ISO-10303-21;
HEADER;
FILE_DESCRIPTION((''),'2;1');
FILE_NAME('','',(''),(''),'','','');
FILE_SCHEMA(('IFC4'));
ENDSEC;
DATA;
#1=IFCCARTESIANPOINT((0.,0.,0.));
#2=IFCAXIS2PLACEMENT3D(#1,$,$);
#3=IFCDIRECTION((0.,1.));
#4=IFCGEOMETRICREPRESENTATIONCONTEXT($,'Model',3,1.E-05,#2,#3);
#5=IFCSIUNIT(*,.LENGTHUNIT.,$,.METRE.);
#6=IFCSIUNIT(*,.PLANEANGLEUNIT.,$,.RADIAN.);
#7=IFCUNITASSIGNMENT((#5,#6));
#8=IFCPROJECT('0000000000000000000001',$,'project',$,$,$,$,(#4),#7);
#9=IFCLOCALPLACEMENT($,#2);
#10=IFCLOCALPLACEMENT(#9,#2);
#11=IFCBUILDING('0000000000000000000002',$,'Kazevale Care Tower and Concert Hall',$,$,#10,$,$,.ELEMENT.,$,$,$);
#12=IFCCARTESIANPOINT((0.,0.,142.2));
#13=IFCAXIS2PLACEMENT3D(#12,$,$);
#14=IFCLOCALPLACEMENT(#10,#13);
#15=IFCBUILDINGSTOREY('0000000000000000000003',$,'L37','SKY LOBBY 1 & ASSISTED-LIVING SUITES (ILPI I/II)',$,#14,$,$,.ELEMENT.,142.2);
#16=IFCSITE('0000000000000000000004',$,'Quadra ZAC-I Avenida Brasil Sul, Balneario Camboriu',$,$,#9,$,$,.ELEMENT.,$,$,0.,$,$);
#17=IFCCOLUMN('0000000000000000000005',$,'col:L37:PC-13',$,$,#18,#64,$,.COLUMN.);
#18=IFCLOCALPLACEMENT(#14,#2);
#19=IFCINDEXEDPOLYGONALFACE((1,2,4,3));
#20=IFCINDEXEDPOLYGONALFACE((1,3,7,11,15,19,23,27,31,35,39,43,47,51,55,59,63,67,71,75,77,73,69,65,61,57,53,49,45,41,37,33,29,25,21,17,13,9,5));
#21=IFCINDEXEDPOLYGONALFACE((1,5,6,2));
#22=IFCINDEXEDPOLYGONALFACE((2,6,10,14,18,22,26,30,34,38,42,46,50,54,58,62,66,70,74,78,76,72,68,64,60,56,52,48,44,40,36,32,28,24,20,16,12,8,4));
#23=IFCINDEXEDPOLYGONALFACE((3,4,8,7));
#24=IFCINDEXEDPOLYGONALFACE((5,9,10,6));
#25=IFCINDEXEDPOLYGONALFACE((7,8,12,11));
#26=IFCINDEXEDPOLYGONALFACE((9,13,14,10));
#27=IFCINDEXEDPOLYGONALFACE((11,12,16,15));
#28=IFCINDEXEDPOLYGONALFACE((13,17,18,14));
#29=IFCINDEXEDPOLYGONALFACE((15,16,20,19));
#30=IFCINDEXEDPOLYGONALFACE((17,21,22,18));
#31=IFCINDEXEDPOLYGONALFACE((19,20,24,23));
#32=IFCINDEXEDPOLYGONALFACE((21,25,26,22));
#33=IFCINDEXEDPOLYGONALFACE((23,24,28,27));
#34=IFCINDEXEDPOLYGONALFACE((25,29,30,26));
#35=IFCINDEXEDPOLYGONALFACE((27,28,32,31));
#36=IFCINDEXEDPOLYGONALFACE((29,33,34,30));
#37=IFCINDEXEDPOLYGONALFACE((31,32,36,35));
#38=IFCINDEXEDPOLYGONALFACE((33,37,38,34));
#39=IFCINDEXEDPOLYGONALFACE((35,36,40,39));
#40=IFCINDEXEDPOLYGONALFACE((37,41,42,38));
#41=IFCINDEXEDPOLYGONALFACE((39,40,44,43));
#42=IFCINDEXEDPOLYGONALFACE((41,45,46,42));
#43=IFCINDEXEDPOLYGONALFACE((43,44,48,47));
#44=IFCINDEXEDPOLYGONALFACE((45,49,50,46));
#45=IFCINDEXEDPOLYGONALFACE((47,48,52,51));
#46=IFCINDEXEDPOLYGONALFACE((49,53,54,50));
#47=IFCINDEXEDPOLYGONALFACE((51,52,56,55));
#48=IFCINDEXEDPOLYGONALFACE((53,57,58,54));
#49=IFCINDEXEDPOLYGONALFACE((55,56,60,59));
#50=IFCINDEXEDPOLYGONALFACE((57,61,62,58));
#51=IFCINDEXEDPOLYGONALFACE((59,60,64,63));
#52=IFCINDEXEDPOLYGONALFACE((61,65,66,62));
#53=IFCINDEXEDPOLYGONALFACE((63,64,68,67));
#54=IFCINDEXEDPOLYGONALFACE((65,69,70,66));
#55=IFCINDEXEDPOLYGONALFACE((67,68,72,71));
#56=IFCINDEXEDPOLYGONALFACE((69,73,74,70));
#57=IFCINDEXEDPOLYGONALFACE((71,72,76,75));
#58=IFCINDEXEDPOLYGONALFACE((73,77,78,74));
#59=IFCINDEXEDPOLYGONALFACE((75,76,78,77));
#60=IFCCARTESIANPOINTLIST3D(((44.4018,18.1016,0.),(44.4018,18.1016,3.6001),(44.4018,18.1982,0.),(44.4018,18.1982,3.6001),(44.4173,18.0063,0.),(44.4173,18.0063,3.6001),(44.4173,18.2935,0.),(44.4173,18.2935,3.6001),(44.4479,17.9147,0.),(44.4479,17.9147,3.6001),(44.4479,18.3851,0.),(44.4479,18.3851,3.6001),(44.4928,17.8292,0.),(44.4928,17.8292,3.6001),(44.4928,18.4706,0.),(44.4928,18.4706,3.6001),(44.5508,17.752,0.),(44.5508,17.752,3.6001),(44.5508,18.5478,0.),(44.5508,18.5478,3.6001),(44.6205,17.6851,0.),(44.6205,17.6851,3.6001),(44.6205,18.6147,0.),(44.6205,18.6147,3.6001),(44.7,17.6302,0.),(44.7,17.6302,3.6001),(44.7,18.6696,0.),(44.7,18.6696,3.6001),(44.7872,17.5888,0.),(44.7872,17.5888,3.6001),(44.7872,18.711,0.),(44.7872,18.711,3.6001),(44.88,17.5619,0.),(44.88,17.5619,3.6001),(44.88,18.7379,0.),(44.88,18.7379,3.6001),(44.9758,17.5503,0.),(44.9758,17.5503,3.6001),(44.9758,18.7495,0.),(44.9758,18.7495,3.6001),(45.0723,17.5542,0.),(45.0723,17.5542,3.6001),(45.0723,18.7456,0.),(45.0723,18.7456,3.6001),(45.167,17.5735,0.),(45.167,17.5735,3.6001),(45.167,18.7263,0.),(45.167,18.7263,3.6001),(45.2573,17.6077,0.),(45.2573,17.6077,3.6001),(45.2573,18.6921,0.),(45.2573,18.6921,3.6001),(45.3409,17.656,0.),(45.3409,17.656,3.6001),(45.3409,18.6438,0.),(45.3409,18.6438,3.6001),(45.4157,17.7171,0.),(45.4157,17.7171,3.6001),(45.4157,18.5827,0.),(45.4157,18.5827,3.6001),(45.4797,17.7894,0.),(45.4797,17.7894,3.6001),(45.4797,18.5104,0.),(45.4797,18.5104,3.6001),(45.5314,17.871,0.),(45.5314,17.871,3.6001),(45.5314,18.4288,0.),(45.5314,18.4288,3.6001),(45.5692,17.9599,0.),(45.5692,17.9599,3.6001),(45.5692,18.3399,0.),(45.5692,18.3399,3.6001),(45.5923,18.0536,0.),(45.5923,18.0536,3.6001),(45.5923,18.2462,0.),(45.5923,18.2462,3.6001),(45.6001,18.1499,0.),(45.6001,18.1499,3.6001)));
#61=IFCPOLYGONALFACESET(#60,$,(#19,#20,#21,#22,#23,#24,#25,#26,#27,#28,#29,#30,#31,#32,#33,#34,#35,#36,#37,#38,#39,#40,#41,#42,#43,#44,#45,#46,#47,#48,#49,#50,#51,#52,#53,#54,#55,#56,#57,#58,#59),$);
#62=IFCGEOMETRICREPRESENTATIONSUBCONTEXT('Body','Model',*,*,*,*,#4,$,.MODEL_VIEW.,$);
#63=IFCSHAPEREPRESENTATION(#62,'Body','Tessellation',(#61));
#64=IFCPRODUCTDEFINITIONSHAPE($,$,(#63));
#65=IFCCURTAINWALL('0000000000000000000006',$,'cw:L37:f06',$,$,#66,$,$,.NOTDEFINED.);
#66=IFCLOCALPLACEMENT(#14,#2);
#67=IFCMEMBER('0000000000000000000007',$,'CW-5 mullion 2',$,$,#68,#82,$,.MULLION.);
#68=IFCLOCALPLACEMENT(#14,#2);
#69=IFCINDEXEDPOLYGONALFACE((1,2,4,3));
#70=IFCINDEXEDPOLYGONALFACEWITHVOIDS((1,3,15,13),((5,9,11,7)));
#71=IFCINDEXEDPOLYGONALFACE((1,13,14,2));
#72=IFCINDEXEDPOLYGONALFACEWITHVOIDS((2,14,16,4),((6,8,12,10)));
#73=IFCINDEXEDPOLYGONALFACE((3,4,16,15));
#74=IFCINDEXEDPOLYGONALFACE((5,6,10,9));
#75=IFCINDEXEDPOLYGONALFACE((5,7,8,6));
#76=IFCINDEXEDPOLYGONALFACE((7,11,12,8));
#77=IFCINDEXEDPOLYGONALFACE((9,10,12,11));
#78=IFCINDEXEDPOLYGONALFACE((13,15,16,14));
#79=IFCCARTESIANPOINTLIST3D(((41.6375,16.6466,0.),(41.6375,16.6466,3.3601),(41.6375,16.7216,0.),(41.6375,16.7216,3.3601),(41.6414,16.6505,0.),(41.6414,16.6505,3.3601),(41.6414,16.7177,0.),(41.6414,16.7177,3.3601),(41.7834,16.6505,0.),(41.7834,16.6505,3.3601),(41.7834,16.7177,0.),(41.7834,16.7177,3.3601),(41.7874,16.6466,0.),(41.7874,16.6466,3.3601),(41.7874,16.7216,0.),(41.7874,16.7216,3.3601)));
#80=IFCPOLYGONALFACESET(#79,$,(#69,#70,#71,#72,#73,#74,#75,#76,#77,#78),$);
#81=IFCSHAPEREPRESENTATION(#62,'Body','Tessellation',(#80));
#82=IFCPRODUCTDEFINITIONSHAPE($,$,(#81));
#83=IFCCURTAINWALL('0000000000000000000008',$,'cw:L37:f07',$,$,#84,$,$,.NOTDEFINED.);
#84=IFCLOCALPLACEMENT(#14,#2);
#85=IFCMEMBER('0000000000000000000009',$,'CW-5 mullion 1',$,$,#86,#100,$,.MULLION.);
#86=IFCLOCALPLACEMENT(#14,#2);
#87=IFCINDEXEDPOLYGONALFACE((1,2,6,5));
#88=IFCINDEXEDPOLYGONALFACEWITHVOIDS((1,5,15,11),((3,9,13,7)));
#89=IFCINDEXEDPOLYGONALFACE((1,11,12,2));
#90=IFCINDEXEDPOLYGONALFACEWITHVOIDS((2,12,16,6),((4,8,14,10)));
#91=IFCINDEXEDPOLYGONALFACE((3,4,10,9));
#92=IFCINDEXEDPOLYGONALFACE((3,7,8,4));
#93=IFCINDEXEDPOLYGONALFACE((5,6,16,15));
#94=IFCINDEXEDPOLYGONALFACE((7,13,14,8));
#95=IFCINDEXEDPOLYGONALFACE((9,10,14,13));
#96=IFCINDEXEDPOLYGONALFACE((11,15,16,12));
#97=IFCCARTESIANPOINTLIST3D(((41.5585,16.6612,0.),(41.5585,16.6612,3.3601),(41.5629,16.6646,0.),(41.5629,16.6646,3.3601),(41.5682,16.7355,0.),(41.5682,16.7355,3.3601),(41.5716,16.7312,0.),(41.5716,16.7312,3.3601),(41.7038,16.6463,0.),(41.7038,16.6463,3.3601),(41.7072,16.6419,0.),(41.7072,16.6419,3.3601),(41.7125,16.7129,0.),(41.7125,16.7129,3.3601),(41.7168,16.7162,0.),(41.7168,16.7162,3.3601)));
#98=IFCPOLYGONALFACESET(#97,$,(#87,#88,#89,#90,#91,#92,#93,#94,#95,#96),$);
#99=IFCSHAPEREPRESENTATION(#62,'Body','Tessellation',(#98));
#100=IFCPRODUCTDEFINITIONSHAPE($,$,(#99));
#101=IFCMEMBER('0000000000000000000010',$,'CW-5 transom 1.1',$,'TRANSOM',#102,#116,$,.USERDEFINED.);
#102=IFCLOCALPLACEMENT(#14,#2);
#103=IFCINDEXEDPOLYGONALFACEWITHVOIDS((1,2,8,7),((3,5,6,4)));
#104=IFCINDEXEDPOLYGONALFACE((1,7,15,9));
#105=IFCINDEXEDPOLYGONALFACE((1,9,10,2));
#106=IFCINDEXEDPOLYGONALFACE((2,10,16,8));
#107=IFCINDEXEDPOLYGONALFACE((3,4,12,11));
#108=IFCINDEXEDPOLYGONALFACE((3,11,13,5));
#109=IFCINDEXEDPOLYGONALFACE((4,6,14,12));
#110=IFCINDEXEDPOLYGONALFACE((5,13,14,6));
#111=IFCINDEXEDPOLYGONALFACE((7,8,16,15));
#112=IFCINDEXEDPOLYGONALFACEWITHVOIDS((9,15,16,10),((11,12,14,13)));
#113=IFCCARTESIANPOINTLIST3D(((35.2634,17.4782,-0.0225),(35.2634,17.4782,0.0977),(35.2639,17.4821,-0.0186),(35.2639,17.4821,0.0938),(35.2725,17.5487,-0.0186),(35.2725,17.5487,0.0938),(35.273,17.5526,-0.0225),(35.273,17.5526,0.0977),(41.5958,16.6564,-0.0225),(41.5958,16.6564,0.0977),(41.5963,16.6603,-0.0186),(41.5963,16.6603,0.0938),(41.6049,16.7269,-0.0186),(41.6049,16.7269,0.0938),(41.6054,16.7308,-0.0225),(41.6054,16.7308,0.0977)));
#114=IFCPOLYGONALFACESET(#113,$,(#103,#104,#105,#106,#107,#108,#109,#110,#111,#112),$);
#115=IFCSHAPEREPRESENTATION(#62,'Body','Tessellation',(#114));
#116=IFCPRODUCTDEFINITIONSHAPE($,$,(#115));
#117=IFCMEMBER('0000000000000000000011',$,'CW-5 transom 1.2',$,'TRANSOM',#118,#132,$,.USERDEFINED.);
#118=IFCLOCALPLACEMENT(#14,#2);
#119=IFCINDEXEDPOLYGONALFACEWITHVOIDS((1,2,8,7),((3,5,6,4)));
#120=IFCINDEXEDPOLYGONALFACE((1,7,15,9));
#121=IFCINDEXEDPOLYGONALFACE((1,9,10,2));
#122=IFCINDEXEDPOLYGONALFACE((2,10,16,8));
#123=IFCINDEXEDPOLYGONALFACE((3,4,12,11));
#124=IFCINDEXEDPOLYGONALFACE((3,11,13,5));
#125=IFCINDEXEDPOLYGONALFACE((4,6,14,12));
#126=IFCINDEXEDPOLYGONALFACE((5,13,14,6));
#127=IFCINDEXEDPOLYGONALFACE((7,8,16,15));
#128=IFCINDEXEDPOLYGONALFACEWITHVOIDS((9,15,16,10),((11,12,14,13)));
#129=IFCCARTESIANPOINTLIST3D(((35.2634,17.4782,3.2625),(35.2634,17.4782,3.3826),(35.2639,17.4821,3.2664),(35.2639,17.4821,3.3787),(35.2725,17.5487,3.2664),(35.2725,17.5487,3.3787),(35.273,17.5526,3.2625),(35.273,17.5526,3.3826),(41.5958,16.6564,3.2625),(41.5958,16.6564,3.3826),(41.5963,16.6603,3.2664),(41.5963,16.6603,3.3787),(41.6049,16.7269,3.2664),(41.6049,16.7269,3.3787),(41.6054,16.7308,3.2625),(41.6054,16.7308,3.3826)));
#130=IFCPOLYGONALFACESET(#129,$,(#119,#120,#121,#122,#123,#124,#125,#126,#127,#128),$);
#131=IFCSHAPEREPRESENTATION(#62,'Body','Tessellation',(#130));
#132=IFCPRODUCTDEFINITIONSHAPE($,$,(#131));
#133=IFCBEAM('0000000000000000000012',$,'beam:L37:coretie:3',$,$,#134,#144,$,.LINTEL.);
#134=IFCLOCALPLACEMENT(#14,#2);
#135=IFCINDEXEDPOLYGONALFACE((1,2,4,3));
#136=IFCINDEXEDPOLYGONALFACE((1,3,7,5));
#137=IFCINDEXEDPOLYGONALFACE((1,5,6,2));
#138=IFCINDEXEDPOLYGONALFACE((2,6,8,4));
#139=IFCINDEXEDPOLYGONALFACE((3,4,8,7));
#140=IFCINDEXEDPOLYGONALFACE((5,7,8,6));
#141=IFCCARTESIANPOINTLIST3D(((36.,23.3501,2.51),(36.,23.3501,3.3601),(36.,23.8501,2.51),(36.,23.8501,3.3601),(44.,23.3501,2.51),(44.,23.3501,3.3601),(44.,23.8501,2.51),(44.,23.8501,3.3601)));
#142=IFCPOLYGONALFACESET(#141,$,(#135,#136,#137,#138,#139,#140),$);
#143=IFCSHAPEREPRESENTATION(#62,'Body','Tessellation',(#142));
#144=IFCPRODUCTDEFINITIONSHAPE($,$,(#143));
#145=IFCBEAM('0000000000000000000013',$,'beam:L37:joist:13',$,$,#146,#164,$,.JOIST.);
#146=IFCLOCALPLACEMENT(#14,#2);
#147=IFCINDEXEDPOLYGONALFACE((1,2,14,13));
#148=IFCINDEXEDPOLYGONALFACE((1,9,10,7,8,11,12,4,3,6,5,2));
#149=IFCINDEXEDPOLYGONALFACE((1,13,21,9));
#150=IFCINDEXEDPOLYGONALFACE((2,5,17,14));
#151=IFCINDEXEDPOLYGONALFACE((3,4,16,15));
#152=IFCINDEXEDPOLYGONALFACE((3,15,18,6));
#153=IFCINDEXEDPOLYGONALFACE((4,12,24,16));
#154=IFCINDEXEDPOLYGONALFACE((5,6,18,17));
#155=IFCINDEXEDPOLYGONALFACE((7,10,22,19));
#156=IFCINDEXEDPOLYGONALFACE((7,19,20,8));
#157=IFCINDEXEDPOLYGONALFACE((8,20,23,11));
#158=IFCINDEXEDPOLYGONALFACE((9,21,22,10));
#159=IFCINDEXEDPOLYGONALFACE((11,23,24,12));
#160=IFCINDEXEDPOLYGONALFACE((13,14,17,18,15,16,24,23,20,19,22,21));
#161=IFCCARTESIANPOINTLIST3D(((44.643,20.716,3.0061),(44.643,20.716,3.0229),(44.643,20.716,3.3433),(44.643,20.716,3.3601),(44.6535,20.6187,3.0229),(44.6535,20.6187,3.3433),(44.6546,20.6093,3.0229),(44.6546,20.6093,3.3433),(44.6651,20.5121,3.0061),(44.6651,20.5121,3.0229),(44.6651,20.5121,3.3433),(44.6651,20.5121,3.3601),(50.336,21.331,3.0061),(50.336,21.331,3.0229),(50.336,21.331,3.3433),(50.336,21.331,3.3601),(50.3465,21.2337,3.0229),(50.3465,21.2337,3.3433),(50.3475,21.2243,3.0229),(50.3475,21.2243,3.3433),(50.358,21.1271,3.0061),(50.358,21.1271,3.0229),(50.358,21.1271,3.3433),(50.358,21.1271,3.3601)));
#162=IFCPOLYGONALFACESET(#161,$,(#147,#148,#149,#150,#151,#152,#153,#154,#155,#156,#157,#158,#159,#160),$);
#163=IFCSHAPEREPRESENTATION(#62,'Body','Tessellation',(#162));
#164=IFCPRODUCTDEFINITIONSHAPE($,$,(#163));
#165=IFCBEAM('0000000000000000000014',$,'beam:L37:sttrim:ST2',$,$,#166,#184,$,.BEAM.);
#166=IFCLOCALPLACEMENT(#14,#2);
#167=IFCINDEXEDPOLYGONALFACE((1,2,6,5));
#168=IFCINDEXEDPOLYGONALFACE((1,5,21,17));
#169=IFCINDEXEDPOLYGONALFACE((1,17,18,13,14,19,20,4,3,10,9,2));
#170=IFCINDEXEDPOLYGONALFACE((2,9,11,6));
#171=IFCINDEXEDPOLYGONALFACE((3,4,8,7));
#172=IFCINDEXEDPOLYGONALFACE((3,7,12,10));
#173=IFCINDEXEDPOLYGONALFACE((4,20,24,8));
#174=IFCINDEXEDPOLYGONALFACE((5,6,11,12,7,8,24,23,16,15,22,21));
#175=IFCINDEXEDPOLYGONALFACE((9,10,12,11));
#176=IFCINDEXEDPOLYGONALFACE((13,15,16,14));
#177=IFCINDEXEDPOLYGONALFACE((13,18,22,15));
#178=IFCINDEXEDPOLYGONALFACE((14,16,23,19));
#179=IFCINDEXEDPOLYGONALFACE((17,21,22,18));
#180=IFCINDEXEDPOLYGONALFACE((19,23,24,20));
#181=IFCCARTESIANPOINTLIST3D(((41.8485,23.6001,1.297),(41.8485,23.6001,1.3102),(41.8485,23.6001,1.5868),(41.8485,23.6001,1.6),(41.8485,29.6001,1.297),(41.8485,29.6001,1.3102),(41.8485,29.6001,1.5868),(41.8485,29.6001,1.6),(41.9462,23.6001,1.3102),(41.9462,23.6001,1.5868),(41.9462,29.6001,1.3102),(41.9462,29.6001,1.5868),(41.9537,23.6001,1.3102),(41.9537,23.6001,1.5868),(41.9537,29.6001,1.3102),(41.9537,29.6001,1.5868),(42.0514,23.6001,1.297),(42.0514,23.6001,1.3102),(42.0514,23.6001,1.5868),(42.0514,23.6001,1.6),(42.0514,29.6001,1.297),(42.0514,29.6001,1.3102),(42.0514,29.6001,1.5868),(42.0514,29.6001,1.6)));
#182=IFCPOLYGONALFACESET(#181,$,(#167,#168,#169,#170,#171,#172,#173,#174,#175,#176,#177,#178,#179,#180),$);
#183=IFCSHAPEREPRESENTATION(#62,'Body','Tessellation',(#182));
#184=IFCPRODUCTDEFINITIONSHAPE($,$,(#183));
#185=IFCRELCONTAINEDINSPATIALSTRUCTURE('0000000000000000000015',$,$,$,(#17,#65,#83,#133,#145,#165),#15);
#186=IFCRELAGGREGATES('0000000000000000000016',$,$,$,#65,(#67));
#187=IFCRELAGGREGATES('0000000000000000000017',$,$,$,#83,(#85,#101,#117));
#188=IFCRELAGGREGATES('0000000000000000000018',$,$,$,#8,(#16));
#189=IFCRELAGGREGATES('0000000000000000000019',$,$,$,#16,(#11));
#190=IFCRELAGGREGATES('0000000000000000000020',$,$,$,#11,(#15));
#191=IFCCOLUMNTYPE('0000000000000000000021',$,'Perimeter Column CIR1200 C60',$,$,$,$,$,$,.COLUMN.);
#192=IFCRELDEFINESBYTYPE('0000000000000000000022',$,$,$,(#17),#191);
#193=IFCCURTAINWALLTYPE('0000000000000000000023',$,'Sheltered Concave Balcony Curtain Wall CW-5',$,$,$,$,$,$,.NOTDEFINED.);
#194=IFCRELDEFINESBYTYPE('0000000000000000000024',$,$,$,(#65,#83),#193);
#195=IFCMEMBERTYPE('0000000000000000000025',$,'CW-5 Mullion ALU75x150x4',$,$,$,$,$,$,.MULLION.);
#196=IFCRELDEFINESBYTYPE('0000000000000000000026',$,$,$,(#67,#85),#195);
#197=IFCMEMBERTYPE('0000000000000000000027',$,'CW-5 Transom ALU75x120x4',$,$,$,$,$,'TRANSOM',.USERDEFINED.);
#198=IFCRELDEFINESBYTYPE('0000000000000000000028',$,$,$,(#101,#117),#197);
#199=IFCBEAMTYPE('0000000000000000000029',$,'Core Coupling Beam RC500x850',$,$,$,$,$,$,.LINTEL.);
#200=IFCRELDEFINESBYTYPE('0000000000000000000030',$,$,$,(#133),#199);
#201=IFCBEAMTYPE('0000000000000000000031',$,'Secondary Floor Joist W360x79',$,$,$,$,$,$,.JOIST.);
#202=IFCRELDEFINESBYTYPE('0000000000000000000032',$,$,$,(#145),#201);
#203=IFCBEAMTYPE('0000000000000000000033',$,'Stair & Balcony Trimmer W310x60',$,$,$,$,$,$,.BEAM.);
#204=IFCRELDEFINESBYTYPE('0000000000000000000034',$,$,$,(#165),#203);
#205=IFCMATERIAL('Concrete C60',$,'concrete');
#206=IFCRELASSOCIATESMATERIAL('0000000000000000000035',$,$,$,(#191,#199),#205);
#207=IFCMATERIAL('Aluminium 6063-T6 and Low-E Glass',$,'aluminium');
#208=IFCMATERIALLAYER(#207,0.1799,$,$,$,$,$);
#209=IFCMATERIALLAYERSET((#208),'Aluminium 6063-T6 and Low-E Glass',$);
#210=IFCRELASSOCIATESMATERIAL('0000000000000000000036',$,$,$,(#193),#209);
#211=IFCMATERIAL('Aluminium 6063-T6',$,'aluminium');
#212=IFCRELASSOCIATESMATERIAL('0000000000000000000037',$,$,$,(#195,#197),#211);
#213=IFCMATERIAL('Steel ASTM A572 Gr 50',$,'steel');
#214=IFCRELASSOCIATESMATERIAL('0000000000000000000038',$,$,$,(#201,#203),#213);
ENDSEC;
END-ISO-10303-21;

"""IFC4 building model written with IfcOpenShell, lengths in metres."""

from ifc_helpers import new_model, si_unit, direction, frame, origin, origin_2d, place, context, subcontext, project, spatial, rectangle, hollow_rectangle, circle, i_section, extrude, material, layer, layer_set, material_profile, profile_set, type_object, element, aggregate, save


model = new_model("IFC4")

# Units and contexts
model_context = context("Model", 3, precision=1e-05, world=origin(), true_north=direction((0.0, 1.0)))
body_context = subcontext(model_context, "Body", "Model", "MODEL_VIEW")
ifc_project = project(units=[si_unit("LENGTHUNIT", "METRE"), si_unit("PLANEANGLEUNIT", "RADIAN")], contexts=[model_context])

# Site, building, storey
site_placement = place(None, origin())
site = spatial("IfcSite", under=ifc_project, at=site_placement, Name="Quadra ZAC-I Avenida Brasil Sul, Balneario Camboriu", CompositionType="ELEMENT", RefElevation=0.0)
building_placement = place(site_placement, origin())
building = spatial("IfcBuilding", under=site, at=building_placement, Name="Kazevale Care Tower and Concert Hall", CompositionType="ELEMENT")
storey_placement = place(building_placement, frame((0.0, 0.0, 142.2)))
storey = spatial("IfcBuildingStorey", under=building, at=storey_placement, Name="L37", Description="SKY LOBBY 1 & ASSISTED-LIVING SUITES (ILPI I/II)", CompositionType="ELEMENT", Elevation=142.2)

# Column
ifc_material_1 = material(Name="Concrete C60", Category="concrete")
ifc_material_profile_1 = material_profile(ifc_material_1, circle(Radius=0.6001, at=origin_2d()), Name="RC-CIR1200")
ifc_profile_set_1 = profile_set([ifc_material_profile_1], Name="Concrete C60")
column_type = type_object("IfcColumnType", Name="Perimeter Column CIR1200 C60", PredefinedType="COLUMN", material=ifc_profile_set_1)
column_placement = place(storey_placement, frame((45.0, 18.1499, 0.0), z_axis=(0.0, 0.0, 1.0), x_axis=(1.0, 0.0, 0.0)))
element("IfcColumn", 1, at=column_placement, inside=storey, type_object=column_type, Name="col:L37:PC-13", PredefinedType="COLUMN", context=body_context, shape_type="SweptSolid", body=[
    extrude(circle(Radius=0.6001, at=origin_2d()), origin(), (0.0, 0.0, 1.0), 3.6001),
])

# Curtain wall, member
ifc_material_2 = material(Name="Aluminium 6063-T6 and Low-E Glass", Category="aluminium")
ifc_layer_1 = layer(ifc_material_2, 0.1799)
ifc_layer_set_1 = layer_set([ifc_layer_1], Name="Aluminium 6063-T6 and Low-E Glass")
curtain_wall_type = type_object("IfcCurtainWallType", Name="Sheltered Concave Balcony Curtain Wall CW-5", PredefinedType="NOTDEFINED", material=ifc_layer_set_1)
curtain_wall_1_placement = place(storey_placement, origin())
curtain_wall_1 = element("IfcCurtainWall", 2, at=curtain_wall_1_placement, inside=storey, type_object=curtain_wall_type, Name="cw:L37:f06", PredefinedType="NOTDEFINED")
ifc_material_3 = material(Name="Aluminium 6063-T6", Category="aluminium")
ifc_material_profile_2 = material_profile(ifc_material_3, hollow_rectangle(XDim=0.075, YDim=0.1499, WallThickness=0.0039, at=origin_2d()), Name="ALU75x150x4")
ifc_profile_set_2 = profile_set([ifc_material_profile_2], Name="Aluminium 6063-T6")
member_type_1 = type_object("IfcMemberType", Name="CW-5 Mullion ALU75x150x4", PredefinedType="MULLION", material=ifc_profile_set_2)
member_1_placement = place(storey_placement, frame((41.7124, 16.6841, 0.0), z_axis=(0.0, 0.0, 1.0), x_axis=(0.0, -1.0, 0.0)))
member_1 = element("IfcMember", 3, at=member_1_placement, type_object=member_type_1, Name="CW-5 mullion 2", PredefinedType="MULLION", context=body_context, shape_type="SweptSolid", body=[
    extrude(hollow_rectangle(XDim=0.075, YDim=0.1499, WallThickness=0.0039, at=origin_2d()), origin(), (0.0, 0.0, 1.0), 3.3601),
])

# Curtain wall, members
curtain_wall_2_placement = place(storey_placement, origin())
curtain_wall_2 = element("IfcCurtainWall", 4, at=curtain_wall_2_placement, inside=storey, type_object=curtain_wall_type, Name="cw:L37:f07", PredefinedType="NOTDEFINED")
member_2_placement = place(storey_placement, frame((41.6377, 16.6887, 0.0), z_axis=(0.0, 0.0, 1.0), x_axis=(-0.128685, -0.991686, 0.0)))
member_2 = element("IfcMember", 5, at=member_2_placement, type_object=member_type_1, Name="CW-5 mullion 1", PredefinedType="MULLION", context=body_context, shape_type="SweptSolid", body=[
    extrude(hollow_rectangle(XDim=0.075, YDim=0.1499, WallThickness=0.0039, at=origin_2d()), origin(), (0.0, 0.0, 1.0), 3.3601),
])
ifc_material_profile_3 = material_profile(ifc_material_3, hollow_rectangle(XDim=0.075, YDim=0.1201, WallThickness=0.0039, at=origin_2d()), Name="ALU75x120x4")
ifc_profile_set_3 = profile_set([ifc_material_profile_3], Name="Aluminium 6063-T6")
member_type_2 = type_object("IfcMemberType", Name="CW-5 Transom ALU75x120x4", ElementType="TRANSOM", PredefinedType="USERDEFINED", material=ifc_profile_set_3)
member_3_placement = place(storey_placement, frame((41.6006, 16.6936, 0.0376), z_axis=(-0.991684, 0.128697, 0.0), x_axis=(-0.128697, -0.991684, 0.0)))
member_3 = element("IfcMember", 6, at=member_3_placement, type_object=member_type_2, Name="CW-5 transom 1.1", ObjectType="TRANSOM", PredefinedType="USERDEFINED", context=body_context, shape_type="SweptSolid", body=[
    extrude(hollow_rectangle(XDim=0.075, YDim=0.1201, WallThickness=0.0039, at=origin_2d()), origin(), (0.0, 0.0, 1.0), 6.3855),
])
member_4_placement = place(storey_placement, frame((41.6006, 16.6936, 3.3225), z_axis=(-0.991684, 0.128697, 0.0), x_axis=(-0.128697, -0.991684, 0.0)))
member_4 = element("IfcMember", 7, at=member_4_placement, type_object=member_type_2, Name="CW-5 transom 1.2", ObjectType="TRANSOM", PredefinedType="USERDEFINED", context=body_context, shape_type="SweptSolid", body=[
    extrude(hollow_rectangle(XDim=0.075, YDim=0.1201, WallThickness=0.0039, at=origin_2d()), origin(), (0.0, 0.0, 1.0), 6.3855),
])

# Beams
ifc_material_profile_4 = material_profile(ifc_material_1, rectangle(XDim=0.5, YDim=0.8501, at=origin_2d()), Name="RC-B500x850")
ifc_profile_set_4 = profile_set([ifc_material_profile_4], Name="Concrete C60")
beam_type_1 = type_object("IfcBeamType", Name="Core Coupling Beam RC500x850", PredefinedType="LINTEL", material=ifc_profile_set_4)
beam_1_placement = place(storey_placement, frame((36.0, 23.6001, 2.9351), z_axis=(1.0, 0.0, 0.0), x_axis=(0.0, 1.0, 0.0)))
element("IfcBeam", 8, at=beam_1_placement, inside=storey, type_object=beam_type_1, Name="beam:L37:coretie:3", PredefinedType="LINTEL", context=body_context, shape_type="SweptSolid", body=[
    extrude(rectangle(XDim=0.5, YDim=0.8501, at=origin_2d()), origin(), (0.0, 0.0, 1.0), 8.0),
])
ifc_material_4 = material(Name="Steel ASTM A572 Gr 50", Category="steel")
ifc_material_profile_5 = material_profile(ifc_material_4, i_section(OverallWidth=0.2051, OverallDepth=0.354, WebThickness=0.0095, FlangeThickness=0.0168, at=origin_2d()), Name="W360x79")
ifc_profile_set_5 = profile_set([ifc_material_profile_5], Name="Steel ASTM A572 Gr 50")
beam_type_2 = type_object("IfcBeamType", Name="Secondary Floor Joist W360x79", PredefinedType="JOIST", material=ifc_profile_set_5)
beam_2_placement = place(storey_placement, frame((44.6541, 20.614, 3.1831), z_axis=(0.994216, 0.107403, 0.0), x_axis=(-0.107403, 0.994216, 0.0)))
element("IfcBeam", 9, at=beam_2_placement, inside=storey, type_object=beam_type_2, Name="beam:L37:joist:13", PredefinedType="JOIST", context=body_context, shape_type="SweptSolid", body=[
    extrude(i_section(OverallWidth=0.2051, OverallDepth=0.354, WebThickness=0.0095, FlangeThickness=0.0168, at=origin_2d()), origin(), (0.0, 0.0, 1.0), 5.7261),
])
ifc_material_profile_6 = material_profile(ifc_material_4, i_section(OverallWidth=0.2029, OverallDepth=0.303, WebThickness=0.0076, FlangeThickness=0.0132, at=origin_2d()), Name="W310x60")
ifc_profile_set_6 = profile_set([ifc_material_profile_6], Name="Steel ASTM A572 Gr 50")
beam_type_3 = type_object("IfcBeamType", Name="Stair & Balcony Trimmer W310x60", PredefinedType="BEAM", material=ifc_profile_set_6)
for number, where, z_axis, x_axis, name in (
    (10, (41.95, 23.6001, 1.4485), (0.0, 1.0, 0.0), (-1.0, 0.0, 0.0), "beam:L37:sttrim:ST2"),
):
    element("IfcBeam", number, at=place(storey_placement, frame(where, z_axis=z_axis, x_axis=x_axis)), inside=storey, type_object=beam_type_3, Name=name, PredefinedType="BEAM", context=body_context, shape_type="SweptSolid", body=[
        extrude(i_section(OverallWidth=0.2029, OverallDepth=0.303, WebThickness=0.0076, FlangeThickness=0.0132, at=origin_2d()), origin(), (0.0, 0.0, 1.0), 6.0),
    ])

aggregate(curtain_wall_1, [member_1])
aggregate(curtain_wall_2, [member_2, member_3, member_4])

save(model, "model.ifc")
